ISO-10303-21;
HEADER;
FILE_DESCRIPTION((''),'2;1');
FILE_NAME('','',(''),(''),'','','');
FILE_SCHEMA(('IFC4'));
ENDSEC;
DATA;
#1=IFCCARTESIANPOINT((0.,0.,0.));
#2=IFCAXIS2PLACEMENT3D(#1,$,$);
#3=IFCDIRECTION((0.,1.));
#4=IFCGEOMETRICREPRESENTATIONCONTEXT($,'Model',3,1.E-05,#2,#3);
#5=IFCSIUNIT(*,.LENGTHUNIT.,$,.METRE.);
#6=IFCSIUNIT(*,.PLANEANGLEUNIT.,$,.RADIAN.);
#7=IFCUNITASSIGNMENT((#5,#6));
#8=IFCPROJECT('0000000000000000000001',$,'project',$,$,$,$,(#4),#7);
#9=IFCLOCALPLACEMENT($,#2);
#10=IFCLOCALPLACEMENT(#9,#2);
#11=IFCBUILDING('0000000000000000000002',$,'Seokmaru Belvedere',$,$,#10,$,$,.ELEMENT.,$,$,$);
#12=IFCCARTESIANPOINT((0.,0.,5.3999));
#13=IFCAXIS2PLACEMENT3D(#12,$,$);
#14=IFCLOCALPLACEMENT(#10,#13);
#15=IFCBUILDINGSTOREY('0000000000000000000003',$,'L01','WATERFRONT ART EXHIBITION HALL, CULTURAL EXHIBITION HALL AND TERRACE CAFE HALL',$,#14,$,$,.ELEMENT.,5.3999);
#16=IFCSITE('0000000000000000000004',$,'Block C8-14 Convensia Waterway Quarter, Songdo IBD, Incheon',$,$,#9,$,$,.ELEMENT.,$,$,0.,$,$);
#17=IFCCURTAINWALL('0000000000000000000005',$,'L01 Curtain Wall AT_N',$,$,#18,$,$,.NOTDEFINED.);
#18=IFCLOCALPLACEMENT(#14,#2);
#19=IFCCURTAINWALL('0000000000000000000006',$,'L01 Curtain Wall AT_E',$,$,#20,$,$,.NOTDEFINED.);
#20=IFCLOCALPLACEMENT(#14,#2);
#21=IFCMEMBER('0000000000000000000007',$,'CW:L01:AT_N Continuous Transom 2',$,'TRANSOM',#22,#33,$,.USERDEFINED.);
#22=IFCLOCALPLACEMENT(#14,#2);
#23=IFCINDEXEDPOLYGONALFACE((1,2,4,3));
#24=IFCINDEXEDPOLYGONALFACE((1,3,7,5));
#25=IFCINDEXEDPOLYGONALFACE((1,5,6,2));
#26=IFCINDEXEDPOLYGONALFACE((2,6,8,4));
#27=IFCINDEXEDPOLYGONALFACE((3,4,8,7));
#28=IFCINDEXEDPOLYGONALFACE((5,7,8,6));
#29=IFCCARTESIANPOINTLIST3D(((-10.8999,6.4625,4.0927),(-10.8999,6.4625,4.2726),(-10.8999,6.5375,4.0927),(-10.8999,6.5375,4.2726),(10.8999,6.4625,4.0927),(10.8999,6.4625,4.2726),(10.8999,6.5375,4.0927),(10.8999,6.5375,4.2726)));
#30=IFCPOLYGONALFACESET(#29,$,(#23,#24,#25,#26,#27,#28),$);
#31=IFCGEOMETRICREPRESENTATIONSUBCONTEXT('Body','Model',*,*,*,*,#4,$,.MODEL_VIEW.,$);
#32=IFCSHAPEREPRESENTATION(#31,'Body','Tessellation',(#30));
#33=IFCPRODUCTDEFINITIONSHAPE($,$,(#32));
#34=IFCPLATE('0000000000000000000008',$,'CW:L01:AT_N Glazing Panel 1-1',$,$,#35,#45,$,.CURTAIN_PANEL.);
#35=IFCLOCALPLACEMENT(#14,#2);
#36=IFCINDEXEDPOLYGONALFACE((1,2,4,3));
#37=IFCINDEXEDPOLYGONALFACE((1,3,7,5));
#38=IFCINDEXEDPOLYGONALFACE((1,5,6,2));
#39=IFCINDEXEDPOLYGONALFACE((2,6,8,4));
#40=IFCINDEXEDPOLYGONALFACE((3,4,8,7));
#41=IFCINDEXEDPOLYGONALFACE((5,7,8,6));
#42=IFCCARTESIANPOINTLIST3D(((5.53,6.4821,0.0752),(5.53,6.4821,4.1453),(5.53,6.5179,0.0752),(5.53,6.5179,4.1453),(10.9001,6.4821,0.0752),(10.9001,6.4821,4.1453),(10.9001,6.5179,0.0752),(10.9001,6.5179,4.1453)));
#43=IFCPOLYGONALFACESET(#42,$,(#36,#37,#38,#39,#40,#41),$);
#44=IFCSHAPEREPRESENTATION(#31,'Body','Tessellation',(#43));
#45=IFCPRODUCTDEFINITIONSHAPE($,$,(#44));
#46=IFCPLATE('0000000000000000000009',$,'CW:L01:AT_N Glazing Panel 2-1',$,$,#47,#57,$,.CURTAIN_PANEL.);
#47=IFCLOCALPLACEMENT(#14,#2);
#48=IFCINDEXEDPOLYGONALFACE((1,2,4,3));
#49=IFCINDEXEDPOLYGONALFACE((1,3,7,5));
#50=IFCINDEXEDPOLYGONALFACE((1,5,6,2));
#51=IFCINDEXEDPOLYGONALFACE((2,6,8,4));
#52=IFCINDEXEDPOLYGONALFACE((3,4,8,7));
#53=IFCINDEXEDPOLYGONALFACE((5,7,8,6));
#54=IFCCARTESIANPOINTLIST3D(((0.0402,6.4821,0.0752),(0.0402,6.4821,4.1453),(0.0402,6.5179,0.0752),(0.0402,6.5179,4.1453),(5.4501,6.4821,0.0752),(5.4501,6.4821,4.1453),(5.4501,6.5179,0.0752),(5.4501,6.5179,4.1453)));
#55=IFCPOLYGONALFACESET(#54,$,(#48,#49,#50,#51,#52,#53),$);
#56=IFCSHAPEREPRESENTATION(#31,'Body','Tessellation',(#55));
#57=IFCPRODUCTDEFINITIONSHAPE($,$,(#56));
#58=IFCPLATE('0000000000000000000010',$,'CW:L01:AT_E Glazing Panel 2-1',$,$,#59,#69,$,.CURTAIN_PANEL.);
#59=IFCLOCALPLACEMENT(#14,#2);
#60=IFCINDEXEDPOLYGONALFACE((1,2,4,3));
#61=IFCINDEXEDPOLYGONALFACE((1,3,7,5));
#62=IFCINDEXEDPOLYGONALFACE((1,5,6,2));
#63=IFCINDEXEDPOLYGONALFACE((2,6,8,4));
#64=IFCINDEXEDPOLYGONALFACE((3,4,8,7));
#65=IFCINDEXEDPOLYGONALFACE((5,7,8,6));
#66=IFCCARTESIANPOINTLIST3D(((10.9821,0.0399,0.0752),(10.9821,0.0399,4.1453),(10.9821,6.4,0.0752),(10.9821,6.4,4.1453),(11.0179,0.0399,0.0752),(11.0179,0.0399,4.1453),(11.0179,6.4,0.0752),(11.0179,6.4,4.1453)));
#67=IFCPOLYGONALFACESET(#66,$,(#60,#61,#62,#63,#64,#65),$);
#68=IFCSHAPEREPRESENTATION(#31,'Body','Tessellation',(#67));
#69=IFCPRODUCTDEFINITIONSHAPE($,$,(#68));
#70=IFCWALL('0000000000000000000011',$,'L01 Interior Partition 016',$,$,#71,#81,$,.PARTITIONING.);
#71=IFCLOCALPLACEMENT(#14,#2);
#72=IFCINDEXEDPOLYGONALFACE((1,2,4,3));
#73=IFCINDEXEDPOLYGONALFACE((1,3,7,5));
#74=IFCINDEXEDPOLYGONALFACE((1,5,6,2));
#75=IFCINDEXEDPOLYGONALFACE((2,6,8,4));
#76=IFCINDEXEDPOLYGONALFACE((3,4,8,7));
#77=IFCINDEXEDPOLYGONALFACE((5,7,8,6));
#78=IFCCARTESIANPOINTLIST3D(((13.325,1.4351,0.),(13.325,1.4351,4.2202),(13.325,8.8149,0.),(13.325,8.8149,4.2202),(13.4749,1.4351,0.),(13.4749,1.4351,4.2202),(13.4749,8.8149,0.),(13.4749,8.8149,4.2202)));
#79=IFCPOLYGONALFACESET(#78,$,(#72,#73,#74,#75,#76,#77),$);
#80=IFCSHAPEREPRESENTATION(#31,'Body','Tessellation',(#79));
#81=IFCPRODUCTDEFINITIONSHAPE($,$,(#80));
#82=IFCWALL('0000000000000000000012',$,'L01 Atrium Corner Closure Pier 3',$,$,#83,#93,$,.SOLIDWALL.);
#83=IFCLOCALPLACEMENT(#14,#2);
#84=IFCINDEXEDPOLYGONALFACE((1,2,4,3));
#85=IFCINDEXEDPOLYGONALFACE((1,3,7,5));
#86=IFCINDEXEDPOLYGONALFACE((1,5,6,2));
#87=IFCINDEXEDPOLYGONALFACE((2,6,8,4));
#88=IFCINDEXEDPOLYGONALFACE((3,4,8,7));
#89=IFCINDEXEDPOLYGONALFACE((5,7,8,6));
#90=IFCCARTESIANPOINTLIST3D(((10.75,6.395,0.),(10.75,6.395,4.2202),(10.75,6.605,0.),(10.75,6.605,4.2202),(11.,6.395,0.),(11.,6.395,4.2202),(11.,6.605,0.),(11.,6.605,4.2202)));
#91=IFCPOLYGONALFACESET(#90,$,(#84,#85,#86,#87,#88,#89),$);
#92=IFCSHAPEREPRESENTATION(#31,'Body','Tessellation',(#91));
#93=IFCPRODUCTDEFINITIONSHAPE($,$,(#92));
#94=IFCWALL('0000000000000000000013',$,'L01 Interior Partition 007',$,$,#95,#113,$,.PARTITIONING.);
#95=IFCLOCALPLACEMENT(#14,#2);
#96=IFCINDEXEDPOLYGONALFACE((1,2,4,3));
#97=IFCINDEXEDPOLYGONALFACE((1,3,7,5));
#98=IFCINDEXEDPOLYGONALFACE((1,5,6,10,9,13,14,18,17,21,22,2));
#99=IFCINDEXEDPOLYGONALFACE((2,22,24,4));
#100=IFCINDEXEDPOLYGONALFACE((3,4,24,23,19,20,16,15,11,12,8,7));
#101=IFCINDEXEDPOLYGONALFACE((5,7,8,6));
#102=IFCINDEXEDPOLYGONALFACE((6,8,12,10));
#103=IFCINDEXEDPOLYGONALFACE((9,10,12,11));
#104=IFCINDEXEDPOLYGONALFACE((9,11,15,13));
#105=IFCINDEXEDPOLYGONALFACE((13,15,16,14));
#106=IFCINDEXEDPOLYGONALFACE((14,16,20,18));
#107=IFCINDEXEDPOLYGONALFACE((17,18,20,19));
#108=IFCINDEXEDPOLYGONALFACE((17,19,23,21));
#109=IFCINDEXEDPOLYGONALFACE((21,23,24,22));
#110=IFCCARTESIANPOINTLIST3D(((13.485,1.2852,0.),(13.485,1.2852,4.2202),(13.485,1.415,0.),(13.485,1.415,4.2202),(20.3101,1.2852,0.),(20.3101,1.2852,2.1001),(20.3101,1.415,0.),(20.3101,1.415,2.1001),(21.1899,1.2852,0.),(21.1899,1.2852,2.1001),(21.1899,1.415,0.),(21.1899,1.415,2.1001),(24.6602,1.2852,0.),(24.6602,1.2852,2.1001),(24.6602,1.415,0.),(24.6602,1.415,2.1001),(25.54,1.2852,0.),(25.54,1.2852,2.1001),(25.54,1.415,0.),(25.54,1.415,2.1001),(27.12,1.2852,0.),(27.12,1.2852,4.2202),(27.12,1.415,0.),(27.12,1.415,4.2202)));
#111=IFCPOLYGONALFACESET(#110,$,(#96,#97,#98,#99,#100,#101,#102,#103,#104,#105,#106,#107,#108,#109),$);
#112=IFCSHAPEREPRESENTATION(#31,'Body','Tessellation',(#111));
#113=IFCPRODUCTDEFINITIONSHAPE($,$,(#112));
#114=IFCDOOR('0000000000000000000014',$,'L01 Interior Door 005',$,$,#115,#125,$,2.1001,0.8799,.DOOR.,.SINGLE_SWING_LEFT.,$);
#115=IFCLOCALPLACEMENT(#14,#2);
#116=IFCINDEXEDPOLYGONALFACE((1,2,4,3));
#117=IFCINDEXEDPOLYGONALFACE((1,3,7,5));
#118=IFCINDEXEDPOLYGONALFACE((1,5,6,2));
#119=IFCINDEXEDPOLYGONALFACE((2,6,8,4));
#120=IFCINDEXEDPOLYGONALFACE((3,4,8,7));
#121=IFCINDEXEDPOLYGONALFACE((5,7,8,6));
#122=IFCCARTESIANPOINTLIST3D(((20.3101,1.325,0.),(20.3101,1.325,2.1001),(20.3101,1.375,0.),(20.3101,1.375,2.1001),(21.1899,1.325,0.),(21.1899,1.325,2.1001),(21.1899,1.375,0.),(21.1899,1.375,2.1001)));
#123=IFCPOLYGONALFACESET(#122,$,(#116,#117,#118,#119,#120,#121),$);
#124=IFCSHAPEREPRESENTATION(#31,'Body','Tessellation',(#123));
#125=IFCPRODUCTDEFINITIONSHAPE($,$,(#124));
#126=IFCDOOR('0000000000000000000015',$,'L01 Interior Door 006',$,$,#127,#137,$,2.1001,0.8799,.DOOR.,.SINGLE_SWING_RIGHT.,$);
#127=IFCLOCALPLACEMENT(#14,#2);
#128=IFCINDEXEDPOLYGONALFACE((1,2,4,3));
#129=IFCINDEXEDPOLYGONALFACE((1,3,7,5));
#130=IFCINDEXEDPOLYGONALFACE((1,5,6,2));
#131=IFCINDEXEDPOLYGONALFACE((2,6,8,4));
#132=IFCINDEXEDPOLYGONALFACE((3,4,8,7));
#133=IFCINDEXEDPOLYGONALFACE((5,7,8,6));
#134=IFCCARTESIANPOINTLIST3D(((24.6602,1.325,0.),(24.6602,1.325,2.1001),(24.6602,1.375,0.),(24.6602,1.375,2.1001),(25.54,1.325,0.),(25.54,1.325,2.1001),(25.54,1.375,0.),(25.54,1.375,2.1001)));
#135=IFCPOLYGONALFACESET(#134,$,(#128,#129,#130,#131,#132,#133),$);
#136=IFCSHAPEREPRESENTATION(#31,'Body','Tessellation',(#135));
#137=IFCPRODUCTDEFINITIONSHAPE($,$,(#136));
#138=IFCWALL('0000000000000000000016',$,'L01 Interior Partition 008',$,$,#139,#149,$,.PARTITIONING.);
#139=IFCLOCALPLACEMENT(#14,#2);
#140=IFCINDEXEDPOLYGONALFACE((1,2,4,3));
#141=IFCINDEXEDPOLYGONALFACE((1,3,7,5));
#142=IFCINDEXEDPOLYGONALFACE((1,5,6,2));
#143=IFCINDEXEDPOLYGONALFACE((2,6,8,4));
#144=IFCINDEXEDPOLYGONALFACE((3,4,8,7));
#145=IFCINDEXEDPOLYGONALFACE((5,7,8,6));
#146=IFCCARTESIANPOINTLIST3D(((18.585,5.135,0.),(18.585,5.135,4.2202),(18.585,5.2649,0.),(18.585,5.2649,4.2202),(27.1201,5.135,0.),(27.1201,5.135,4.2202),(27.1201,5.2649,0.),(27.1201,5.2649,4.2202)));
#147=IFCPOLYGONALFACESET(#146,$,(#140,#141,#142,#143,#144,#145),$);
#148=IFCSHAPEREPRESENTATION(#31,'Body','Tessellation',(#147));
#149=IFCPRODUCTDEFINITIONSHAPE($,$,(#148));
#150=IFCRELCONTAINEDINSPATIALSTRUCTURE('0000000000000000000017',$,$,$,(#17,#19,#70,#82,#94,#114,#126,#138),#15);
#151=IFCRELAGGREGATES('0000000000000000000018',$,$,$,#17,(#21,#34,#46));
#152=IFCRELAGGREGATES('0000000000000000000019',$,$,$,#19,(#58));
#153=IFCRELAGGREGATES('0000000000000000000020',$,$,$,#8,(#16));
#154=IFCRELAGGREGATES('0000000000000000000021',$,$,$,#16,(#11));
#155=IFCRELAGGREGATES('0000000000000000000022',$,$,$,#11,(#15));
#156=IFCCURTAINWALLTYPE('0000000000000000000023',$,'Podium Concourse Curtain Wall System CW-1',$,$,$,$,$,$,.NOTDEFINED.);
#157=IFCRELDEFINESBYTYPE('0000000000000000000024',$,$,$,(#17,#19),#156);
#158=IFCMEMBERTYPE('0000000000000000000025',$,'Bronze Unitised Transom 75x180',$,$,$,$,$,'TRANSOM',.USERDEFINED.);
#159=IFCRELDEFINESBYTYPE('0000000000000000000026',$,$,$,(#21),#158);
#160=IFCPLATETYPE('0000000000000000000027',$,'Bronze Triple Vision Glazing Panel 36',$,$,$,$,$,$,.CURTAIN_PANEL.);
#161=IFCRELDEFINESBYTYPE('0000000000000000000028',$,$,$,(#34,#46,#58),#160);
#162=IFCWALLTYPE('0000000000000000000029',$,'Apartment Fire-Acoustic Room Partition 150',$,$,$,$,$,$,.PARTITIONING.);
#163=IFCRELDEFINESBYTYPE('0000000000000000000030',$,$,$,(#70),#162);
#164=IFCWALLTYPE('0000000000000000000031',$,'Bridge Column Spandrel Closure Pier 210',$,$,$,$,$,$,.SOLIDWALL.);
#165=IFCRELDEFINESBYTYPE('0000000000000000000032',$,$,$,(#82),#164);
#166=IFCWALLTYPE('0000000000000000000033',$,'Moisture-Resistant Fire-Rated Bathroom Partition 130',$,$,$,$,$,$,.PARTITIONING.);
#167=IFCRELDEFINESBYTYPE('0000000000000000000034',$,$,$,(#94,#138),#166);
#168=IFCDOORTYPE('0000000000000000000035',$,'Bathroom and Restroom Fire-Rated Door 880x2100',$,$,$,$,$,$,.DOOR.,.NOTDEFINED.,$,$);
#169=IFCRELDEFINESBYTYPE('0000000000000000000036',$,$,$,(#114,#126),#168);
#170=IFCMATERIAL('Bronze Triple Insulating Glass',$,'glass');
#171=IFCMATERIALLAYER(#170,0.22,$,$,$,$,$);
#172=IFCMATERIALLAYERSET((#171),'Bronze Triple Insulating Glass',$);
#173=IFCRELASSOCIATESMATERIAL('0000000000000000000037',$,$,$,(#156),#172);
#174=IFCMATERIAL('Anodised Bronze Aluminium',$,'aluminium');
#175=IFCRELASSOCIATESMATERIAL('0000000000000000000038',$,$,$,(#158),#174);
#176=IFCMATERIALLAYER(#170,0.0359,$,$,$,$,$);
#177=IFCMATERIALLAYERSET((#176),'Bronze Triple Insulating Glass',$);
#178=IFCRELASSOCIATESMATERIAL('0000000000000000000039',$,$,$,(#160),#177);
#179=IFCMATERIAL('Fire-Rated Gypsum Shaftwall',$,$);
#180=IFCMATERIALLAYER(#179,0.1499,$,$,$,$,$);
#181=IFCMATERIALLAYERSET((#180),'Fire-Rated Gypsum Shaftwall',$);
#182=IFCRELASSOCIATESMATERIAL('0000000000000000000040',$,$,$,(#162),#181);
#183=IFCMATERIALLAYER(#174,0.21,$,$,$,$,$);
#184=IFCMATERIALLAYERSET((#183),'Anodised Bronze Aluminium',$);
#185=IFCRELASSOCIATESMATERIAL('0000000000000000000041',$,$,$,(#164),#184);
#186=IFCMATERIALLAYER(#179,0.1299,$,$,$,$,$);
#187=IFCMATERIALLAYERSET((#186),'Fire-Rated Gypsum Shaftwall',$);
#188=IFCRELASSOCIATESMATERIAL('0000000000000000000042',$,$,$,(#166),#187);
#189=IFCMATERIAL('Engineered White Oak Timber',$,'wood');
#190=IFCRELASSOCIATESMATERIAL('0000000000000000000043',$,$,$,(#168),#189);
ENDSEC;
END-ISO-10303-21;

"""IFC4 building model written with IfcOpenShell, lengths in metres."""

from ifc_helpers import new_model, si_unit, direction, frame, frame_2d, origin, origin_2d, place, context, subcontext, project, spatial, rectangle, extrude, source, transform, mapped, material, layer, layer_set, material_profile, profile_set, type_object, type_shapes, element, fill, aggregate, save


model = new_model("IFC4")

# Units and contexts
model_context = context("Model", 3, precision=1e-05, world=origin(), true_north=direction((0.0, 1.0)))
body_context = subcontext(model_context, "Body", "Model", "MODEL_VIEW")
ifc_project = project(units=[si_unit("LENGTHUNIT", "METRE"), si_unit("PLANEANGLEUNIT", "RADIAN")], contexts=[model_context])

# Site, building, storey
site_placement = place(None, origin())
site = spatial("IfcSite", under=ifc_project, at=site_placement, Name="Block C8-14 Convensia Waterway Quarter, Songdo IBD, Incheon", CompositionType="ELEMENT", RefElevation=0.0)
building_placement = place(site_placement, origin())
building = spatial("IfcBuilding", under=site, at=building_placement, Name="Seokmaru Belvedere", CompositionType="ELEMENT")
storey_placement = place(building_placement, frame((0.0, 0.0, 5.3999)))
storey = spatial("IfcBuildingStorey", under=building, at=storey_placement, Name="L01", Description="WATERFRONT ART EXHIBITION HALL, CULTURAL EXHIBITION HALL AND TERRACE CAFE HALL", CompositionType="ELEMENT", Elevation=5.3999)

# Curtain walls
ifc_material_1 = material(Name="Bronze Triple Insulating Glass", Category="glass")
ifc_layer_1 = layer(ifc_material_1, 0.22)
ifc_layer_set_1 = layer_set([ifc_layer_1], Name="Bronze Triple Insulating Glass")
curtain_wall_type = type_object("IfcCurtainWallType", Name="Podium Concourse Curtain Wall System CW-1", PredefinedType="NOTDEFINED", material=ifc_layer_set_1)
curtain_wall_1_placement = place(storey_placement, origin())
curtain_wall_1 = element("IfcCurtainWall", 1, at=curtain_wall_1_placement, inside=storey, type_object=curtain_wall_type, Name="L01 Curtain Wall AT_N", PredefinedType="NOTDEFINED")
ifc_material_2 = material(Name="Anodised Bronze Aluminium", Category="aluminium")
curtain_wall_2_placement = place(storey_placement, origin())
curtain_wall_2 = element("IfcCurtainWall", 2, at=curtain_wall_2_placement, inside=storey, type_object=curtain_wall_type, Name="L01 Curtain Wall AT_E", PredefinedType="NOTDEFINED")

# Member
ifc_material_profile_1 = material_profile(ifc_material_2, rectangle(XDim=0.075, YDim=0.1799, at=origin_2d()), Name="CW-T-75x180")
ifc_profile_set_1 = profile_set([ifc_material_profile_1], Name="Anodised Bronze Aluminium")
member_type_1 = type_object("IfcMemberType", Name="Bronze Unitised Transom 75x180", ElementType="TRANSOM", PredefinedType="USERDEFINED", material=ifc_profile_set_1)
shared_shape_1 = source(origin(), body_context, "Body", "SweptSolid", [
    extrude(rectangle(XDim=0.075, YDim=0.1799, at=origin_2d()), origin(), (0.0, 0.0, 1.0), 21.7998),
])
type_shapes(member_type_1, [shared_shape_1])
member_1_placement = place(storey_placement, frame((10.8999, 6.5, 4.1826), z_axis=(-1.0, 0.0, 0.0), x_axis=(0.0, -1.0, 0.0)))
member_1 = element("IfcMember", 3, at=member_1_placement, type_object=member_type_1, Name="CW:L01:AT_N Continuous Transom 2", ObjectType="TRANSOM", PredefinedType="USERDEFINED", context=body_context, shape_type="MappedRepresentation", body=[
    mapped(shared_shape_1, transform((0.0, 0.0, 0.0), scale=1.0)),
])

# Plates
ifc_layer_2 = layer(ifc_material_1, 0.0359)
ifc_layer_set_2 = layer_set([ifc_layer_2], Name="Bronze Triple Insulating Glass")
plate_type = type_object("IfcPlateType", Name="Bronze Triple Vision Glazing Panel 36", PredefinedType="CURTAIN_PANEL", material=ifc_layer_set_2)
shared_shape_2 = source(origin(), body_context, "Body", "SweptSolid", [
    extrude(rectangle(XDim=5.3701, YDim=0.0359, at=origin_2d()), origin(), (0.0, 0.0, 1.0), 4.0701),
])
plate_1_placement = place(storey_placement, frame((8.2151, 6.5, 0.0752), z_axis=(0.0, 0.0, 1.0), x_axis=(-1.0, 0.0, 0.0)))
plate_1 = element("IfcPlate", 4, at=plate_1_placement, type_object=plate_type, Name="CW:L01:AT_N Glazing Panel 1-1", PredefinedType="CURTAIN_PANEL", context=body_context, shape_type="MappedRepresentation", body=[
    mapped(shared_shape_2, transform((0.0, 0.0, 0.0), scale=1.0)),
])
shared_shape_3 = source(origin(), body_context, "Body", "SweptSolid", [
    extrude(rectangle(XDim=5.4099, YDim=0.0359, at=origin_2d()), origin(), (0.0, 0.0, 1.0), 4.0701),
])
plate_2_placement = place(storey_placement, frame((2.7451, 6.5, 0.0752), z_axis=(0.0, 0.0, 1.0), x_axis=(-1.0, 0.0, 0.0)))
plate_2 = element("IfcPlate", 5, at=plate_2_placement, type_object=plate_type, Name="CW:L01:AT_N Glazing Panel 2-1", PredefinedType="CURTAIN_PANEL", context=body_context, shape_type="MappedRepresentation", body=[
    mapped(shared_shape_3, transform((0.0, 0.0, 0.0), scale=1.0)),
])
aggregate(curtain_wall_1, [member_1, plate_1, plate_2])
shared_shape_4 = source(origin(), body_context, "Body", "SweptSolid", [
    extrude(rectangle(XDim=6.3601, YDim=0.0359, at=origin_2d()), origin(), (0.0, 0.0, 1.0), 4.0701),
])
type_shapes(plate_type, [shared_shape_2, shared_shape_3, shared_shape_4])
plate_3_placement = place(storey_placement, frame((11.0, 3.22, 0.0752), z_axis=(0.0, 0.0, 1.0), x_axis=(0.0, 1.0, 0.0)))
plate_3 = element("IfcPlate", 6, at=plate_3_placement, type_object=plate_type, Name="CW:L01:AT_E Glazing Panel 2-1", PredefinedType="CURTAIN_PANEL", context=body_context, shape_type="MappedRepresentation", body=[
    mapped(shared_shape_4, transform((0.0, 0.0, 0.0), scale=1.0)),
])
aggregate(curtain_wall_2, [plate_3])

# Walls
ifc_material_3 = material(Name="Fire-Rated Gypsum Shaftwall")
ifc_layer_3 = layer(ifc_material_3, 0.1499)
ifc_layer_set_3 = layer_set([ifc_layer_3], Name="Fire-Rated Gypsum Shaftwall")
wall_type_1 = type_object("IfcWallType", Name="Apartment Fire-Acoustic Room Partition 150", PredefinedType="PARTITIONING", material=ifc_layer_set_3)
wall_1_placement = place(storey_placement, frame((13.3999, 1.4351, 0.0), z_axis=(0.0, 0.0, 1.0), x_axis=(0.0, 1.0, 0.0)))
element("IfcWall", 7, at=wall_1_placement, inside=storey, type_object=wall_type_1, Name="L01 Interior Partition 016", PredefinedType="PARTITIONING", context=body_context, shape_type="SweptSolid", body=[
    extrude(rectangle(XDim=7.3799, YDim=0.1499, at=frame_2d((3.6899, 0.0))), origin(), (0.0, 0.0, 1.0), 4.2202),
])
ifc_layer_4 = layer(ifc_material_2, 0.21)
ifc_layer_set_4 = layer_set([ifc_layer_4], Name="Anodised Bronze Aluminium")
wall_type_2 = type_object("IfcWallType", Name="Bridge Column Spandrel Closure Pier 210", PredefinedType="SOLIDWALL", material=ifc_layer_set_4)
wall_2_placement = place(storey_placement, frame((11.0, 6.5, 0.0), z_axis=(0.0, 0.0, 1.0), x_axis=(-1.0, 0.0, 0.0)))
element("IfcWall", 8, at=wall_2_placement, inside=storey, type_object=wall_type_2, Name="L01 Atrium Corner Closure Pier 3", PredefinedType="SOLIDWALL", context=body_context, shape_type="SweptSolid", body=[
    extrude(rectangle(XDim=0.25, YDim=0.21, at=frame_2d((0.125, 0.0))), origin(), (0.0, 0.0, 1.0), 4.2202),
])

# Wall, openings, doors
ifc_layer_5 = layer(ifc_material_3, 0.1299)
ifc_layer_set_5 = layer_set([ifc_layer_5], Name="Fire-Rated Gypsum Shaftwall")
wall_type_3 = type_object("IfcWallType", Name="Moisture-Resistant Fire-Rated Bathroom Partition 130", PredefinedType="PARTITIONING", material=ifc_layer_set_5)
wall_3_placement = place(storey_placement, frame((13.4851, 1.3501, 0.0), z_axis=(0.0, 0.0, 1.0), x_axis=(1.0, 0.0, 0.0)))
wall_3 = element("IfcWall", 9, at=wall_3_placement, inside=storey, type_object=wall_type_3, Name="L01 Interior Partition 007", PredefinedType="PARTITIONING", context=body_context, shape_type="SweptSolid", body=[
    extrude(rectangle(XDim=13.635, YDim=0.1299, at=frame_2d((6.8174, 0.0))), origin(), (0.0, 0.0, 1.0), 4.2202),
])
opening_1_placement = place(wall_3_placement, frame((6.825, 0.0, 0.0)))
opening_1 = element("IfcOpeningElement", 10, at=opening_1_placement, cuts=wall_3, PredefinedType="OPENING", context=body_context, shape_type="SweptSolid", body=[
    extrude(rectangle(XDim=0.8799, YDim=2.1001, at=frame_2d((0.4399, 1.05))), frame((0.0, 0.075, 0.0), z_axis=(0.0, -1.0, 0.0), x_axis=(1.0, 0.0, 0.0)), (0.0, 0.0, 1.0), 0.1499),
])
opening_2_placement = place(wall_3_placement, frame((11.175, 0.0, 0.0)))
opening_2 = element("IfcOpeningElement", 11, at=opening_2_placement, cuts=wall_3, PredefinedType="OPENING", context=body_context, shape_type="SweptSolid", body=[
    extrude(rectangle(XDim=0.8799, YDim=2.1001, at=frame_2d((0.4399, 1.05))), frame((0.0, 0.075, 0.0), z_axis=(0.0, -1.0, 0.0), x_axis=(1.0, 0.0, 0.0)), (0.0, 0.0, 1.0), 0.1499),
])
ifc_material_4 = material(Name="Engineered White Oak Timber", Category="wood")
door_type_1 = type_object("IfcDoorType", Name="Bathroom and Restroom Fire-Rated Door 880x2100", OperationType="NOTDEFINED", PredefinedType="DOOR", material=ifc_material_4)
shared_shape_5 = source(origin(), body_context, "Body", "SweptSolid", [
    extrude(rectangle(XDim=0.8799, YDim=2.1001, at=frame_2d((0.4399, 1.05))), frame((0.0, 0.0249, 0.0), z_axis=(0.0, -1.0, 0.0), x_axis=(1.0, 0.0, 0.0)), (0.0, 0.0, 1.0), 0.05),
])
type_shapes(door_type_1, [shared_shape_5])
door_1_placement = place(opening_1_placement, origin())
door_1 = element("IfcDoor", 12, at=door_1_placement, inside=storey, type_object=door_type_1, Name="L01 Interior Door 005", OperationType="SINGLE_SWING_LEFT", OverallHeight=2.1001, OverallWidth=0.8799, PredefinedType="DOOR", context=body_context, shape_type="MappedRepresentation", body=[
    mapped(shared_shape_5, transform((0.0, 0.0, 0.0), scale=1.0)),
])
fill(opening_1, door_1)
door_2_placement = place(opening_2_placement, origin())
door_2 = element("IfcDoor", 13, at=door_2_placement, inside=storey, type_object=door_type_1, Name="L01 Interior Door 006", OperationType="SINGLE_SWING_RIGHT", OverallHeight=2.1001, OverallWidth=0.8799, PredefinedType="DOOR", context=body_context, shape_type="MappedRepresentation", body=[
    mapped(shared_shape_5, transform((0.0, 0.0, 0.0), scale=1.0)),
])
fill(opening_2, door_2)

# Wall
wall_4_placement = place(storey_placement, frame((18.585, 5.2, 0.0), z_axis=(0.0, 0.0, 1.0), x_axis=(1.0, 0.0, 0.0)))
element("IfcWall", 14, at=wall_4_placement, inside=storey, type_object=wall_type_3, Name="L01 Interior Partition 008", PredefinedType="PARTITIONING", context=body_context, shape_type="SweptSolid", body=[
    extrude(rectangle(XDim=8.5352, YDim=0.1299, at=frame_2d((4.2676, 0.0))), origin(), (0.0, 0.0, 1.0), 4.2202),
])

save(model, "model.ifc")
